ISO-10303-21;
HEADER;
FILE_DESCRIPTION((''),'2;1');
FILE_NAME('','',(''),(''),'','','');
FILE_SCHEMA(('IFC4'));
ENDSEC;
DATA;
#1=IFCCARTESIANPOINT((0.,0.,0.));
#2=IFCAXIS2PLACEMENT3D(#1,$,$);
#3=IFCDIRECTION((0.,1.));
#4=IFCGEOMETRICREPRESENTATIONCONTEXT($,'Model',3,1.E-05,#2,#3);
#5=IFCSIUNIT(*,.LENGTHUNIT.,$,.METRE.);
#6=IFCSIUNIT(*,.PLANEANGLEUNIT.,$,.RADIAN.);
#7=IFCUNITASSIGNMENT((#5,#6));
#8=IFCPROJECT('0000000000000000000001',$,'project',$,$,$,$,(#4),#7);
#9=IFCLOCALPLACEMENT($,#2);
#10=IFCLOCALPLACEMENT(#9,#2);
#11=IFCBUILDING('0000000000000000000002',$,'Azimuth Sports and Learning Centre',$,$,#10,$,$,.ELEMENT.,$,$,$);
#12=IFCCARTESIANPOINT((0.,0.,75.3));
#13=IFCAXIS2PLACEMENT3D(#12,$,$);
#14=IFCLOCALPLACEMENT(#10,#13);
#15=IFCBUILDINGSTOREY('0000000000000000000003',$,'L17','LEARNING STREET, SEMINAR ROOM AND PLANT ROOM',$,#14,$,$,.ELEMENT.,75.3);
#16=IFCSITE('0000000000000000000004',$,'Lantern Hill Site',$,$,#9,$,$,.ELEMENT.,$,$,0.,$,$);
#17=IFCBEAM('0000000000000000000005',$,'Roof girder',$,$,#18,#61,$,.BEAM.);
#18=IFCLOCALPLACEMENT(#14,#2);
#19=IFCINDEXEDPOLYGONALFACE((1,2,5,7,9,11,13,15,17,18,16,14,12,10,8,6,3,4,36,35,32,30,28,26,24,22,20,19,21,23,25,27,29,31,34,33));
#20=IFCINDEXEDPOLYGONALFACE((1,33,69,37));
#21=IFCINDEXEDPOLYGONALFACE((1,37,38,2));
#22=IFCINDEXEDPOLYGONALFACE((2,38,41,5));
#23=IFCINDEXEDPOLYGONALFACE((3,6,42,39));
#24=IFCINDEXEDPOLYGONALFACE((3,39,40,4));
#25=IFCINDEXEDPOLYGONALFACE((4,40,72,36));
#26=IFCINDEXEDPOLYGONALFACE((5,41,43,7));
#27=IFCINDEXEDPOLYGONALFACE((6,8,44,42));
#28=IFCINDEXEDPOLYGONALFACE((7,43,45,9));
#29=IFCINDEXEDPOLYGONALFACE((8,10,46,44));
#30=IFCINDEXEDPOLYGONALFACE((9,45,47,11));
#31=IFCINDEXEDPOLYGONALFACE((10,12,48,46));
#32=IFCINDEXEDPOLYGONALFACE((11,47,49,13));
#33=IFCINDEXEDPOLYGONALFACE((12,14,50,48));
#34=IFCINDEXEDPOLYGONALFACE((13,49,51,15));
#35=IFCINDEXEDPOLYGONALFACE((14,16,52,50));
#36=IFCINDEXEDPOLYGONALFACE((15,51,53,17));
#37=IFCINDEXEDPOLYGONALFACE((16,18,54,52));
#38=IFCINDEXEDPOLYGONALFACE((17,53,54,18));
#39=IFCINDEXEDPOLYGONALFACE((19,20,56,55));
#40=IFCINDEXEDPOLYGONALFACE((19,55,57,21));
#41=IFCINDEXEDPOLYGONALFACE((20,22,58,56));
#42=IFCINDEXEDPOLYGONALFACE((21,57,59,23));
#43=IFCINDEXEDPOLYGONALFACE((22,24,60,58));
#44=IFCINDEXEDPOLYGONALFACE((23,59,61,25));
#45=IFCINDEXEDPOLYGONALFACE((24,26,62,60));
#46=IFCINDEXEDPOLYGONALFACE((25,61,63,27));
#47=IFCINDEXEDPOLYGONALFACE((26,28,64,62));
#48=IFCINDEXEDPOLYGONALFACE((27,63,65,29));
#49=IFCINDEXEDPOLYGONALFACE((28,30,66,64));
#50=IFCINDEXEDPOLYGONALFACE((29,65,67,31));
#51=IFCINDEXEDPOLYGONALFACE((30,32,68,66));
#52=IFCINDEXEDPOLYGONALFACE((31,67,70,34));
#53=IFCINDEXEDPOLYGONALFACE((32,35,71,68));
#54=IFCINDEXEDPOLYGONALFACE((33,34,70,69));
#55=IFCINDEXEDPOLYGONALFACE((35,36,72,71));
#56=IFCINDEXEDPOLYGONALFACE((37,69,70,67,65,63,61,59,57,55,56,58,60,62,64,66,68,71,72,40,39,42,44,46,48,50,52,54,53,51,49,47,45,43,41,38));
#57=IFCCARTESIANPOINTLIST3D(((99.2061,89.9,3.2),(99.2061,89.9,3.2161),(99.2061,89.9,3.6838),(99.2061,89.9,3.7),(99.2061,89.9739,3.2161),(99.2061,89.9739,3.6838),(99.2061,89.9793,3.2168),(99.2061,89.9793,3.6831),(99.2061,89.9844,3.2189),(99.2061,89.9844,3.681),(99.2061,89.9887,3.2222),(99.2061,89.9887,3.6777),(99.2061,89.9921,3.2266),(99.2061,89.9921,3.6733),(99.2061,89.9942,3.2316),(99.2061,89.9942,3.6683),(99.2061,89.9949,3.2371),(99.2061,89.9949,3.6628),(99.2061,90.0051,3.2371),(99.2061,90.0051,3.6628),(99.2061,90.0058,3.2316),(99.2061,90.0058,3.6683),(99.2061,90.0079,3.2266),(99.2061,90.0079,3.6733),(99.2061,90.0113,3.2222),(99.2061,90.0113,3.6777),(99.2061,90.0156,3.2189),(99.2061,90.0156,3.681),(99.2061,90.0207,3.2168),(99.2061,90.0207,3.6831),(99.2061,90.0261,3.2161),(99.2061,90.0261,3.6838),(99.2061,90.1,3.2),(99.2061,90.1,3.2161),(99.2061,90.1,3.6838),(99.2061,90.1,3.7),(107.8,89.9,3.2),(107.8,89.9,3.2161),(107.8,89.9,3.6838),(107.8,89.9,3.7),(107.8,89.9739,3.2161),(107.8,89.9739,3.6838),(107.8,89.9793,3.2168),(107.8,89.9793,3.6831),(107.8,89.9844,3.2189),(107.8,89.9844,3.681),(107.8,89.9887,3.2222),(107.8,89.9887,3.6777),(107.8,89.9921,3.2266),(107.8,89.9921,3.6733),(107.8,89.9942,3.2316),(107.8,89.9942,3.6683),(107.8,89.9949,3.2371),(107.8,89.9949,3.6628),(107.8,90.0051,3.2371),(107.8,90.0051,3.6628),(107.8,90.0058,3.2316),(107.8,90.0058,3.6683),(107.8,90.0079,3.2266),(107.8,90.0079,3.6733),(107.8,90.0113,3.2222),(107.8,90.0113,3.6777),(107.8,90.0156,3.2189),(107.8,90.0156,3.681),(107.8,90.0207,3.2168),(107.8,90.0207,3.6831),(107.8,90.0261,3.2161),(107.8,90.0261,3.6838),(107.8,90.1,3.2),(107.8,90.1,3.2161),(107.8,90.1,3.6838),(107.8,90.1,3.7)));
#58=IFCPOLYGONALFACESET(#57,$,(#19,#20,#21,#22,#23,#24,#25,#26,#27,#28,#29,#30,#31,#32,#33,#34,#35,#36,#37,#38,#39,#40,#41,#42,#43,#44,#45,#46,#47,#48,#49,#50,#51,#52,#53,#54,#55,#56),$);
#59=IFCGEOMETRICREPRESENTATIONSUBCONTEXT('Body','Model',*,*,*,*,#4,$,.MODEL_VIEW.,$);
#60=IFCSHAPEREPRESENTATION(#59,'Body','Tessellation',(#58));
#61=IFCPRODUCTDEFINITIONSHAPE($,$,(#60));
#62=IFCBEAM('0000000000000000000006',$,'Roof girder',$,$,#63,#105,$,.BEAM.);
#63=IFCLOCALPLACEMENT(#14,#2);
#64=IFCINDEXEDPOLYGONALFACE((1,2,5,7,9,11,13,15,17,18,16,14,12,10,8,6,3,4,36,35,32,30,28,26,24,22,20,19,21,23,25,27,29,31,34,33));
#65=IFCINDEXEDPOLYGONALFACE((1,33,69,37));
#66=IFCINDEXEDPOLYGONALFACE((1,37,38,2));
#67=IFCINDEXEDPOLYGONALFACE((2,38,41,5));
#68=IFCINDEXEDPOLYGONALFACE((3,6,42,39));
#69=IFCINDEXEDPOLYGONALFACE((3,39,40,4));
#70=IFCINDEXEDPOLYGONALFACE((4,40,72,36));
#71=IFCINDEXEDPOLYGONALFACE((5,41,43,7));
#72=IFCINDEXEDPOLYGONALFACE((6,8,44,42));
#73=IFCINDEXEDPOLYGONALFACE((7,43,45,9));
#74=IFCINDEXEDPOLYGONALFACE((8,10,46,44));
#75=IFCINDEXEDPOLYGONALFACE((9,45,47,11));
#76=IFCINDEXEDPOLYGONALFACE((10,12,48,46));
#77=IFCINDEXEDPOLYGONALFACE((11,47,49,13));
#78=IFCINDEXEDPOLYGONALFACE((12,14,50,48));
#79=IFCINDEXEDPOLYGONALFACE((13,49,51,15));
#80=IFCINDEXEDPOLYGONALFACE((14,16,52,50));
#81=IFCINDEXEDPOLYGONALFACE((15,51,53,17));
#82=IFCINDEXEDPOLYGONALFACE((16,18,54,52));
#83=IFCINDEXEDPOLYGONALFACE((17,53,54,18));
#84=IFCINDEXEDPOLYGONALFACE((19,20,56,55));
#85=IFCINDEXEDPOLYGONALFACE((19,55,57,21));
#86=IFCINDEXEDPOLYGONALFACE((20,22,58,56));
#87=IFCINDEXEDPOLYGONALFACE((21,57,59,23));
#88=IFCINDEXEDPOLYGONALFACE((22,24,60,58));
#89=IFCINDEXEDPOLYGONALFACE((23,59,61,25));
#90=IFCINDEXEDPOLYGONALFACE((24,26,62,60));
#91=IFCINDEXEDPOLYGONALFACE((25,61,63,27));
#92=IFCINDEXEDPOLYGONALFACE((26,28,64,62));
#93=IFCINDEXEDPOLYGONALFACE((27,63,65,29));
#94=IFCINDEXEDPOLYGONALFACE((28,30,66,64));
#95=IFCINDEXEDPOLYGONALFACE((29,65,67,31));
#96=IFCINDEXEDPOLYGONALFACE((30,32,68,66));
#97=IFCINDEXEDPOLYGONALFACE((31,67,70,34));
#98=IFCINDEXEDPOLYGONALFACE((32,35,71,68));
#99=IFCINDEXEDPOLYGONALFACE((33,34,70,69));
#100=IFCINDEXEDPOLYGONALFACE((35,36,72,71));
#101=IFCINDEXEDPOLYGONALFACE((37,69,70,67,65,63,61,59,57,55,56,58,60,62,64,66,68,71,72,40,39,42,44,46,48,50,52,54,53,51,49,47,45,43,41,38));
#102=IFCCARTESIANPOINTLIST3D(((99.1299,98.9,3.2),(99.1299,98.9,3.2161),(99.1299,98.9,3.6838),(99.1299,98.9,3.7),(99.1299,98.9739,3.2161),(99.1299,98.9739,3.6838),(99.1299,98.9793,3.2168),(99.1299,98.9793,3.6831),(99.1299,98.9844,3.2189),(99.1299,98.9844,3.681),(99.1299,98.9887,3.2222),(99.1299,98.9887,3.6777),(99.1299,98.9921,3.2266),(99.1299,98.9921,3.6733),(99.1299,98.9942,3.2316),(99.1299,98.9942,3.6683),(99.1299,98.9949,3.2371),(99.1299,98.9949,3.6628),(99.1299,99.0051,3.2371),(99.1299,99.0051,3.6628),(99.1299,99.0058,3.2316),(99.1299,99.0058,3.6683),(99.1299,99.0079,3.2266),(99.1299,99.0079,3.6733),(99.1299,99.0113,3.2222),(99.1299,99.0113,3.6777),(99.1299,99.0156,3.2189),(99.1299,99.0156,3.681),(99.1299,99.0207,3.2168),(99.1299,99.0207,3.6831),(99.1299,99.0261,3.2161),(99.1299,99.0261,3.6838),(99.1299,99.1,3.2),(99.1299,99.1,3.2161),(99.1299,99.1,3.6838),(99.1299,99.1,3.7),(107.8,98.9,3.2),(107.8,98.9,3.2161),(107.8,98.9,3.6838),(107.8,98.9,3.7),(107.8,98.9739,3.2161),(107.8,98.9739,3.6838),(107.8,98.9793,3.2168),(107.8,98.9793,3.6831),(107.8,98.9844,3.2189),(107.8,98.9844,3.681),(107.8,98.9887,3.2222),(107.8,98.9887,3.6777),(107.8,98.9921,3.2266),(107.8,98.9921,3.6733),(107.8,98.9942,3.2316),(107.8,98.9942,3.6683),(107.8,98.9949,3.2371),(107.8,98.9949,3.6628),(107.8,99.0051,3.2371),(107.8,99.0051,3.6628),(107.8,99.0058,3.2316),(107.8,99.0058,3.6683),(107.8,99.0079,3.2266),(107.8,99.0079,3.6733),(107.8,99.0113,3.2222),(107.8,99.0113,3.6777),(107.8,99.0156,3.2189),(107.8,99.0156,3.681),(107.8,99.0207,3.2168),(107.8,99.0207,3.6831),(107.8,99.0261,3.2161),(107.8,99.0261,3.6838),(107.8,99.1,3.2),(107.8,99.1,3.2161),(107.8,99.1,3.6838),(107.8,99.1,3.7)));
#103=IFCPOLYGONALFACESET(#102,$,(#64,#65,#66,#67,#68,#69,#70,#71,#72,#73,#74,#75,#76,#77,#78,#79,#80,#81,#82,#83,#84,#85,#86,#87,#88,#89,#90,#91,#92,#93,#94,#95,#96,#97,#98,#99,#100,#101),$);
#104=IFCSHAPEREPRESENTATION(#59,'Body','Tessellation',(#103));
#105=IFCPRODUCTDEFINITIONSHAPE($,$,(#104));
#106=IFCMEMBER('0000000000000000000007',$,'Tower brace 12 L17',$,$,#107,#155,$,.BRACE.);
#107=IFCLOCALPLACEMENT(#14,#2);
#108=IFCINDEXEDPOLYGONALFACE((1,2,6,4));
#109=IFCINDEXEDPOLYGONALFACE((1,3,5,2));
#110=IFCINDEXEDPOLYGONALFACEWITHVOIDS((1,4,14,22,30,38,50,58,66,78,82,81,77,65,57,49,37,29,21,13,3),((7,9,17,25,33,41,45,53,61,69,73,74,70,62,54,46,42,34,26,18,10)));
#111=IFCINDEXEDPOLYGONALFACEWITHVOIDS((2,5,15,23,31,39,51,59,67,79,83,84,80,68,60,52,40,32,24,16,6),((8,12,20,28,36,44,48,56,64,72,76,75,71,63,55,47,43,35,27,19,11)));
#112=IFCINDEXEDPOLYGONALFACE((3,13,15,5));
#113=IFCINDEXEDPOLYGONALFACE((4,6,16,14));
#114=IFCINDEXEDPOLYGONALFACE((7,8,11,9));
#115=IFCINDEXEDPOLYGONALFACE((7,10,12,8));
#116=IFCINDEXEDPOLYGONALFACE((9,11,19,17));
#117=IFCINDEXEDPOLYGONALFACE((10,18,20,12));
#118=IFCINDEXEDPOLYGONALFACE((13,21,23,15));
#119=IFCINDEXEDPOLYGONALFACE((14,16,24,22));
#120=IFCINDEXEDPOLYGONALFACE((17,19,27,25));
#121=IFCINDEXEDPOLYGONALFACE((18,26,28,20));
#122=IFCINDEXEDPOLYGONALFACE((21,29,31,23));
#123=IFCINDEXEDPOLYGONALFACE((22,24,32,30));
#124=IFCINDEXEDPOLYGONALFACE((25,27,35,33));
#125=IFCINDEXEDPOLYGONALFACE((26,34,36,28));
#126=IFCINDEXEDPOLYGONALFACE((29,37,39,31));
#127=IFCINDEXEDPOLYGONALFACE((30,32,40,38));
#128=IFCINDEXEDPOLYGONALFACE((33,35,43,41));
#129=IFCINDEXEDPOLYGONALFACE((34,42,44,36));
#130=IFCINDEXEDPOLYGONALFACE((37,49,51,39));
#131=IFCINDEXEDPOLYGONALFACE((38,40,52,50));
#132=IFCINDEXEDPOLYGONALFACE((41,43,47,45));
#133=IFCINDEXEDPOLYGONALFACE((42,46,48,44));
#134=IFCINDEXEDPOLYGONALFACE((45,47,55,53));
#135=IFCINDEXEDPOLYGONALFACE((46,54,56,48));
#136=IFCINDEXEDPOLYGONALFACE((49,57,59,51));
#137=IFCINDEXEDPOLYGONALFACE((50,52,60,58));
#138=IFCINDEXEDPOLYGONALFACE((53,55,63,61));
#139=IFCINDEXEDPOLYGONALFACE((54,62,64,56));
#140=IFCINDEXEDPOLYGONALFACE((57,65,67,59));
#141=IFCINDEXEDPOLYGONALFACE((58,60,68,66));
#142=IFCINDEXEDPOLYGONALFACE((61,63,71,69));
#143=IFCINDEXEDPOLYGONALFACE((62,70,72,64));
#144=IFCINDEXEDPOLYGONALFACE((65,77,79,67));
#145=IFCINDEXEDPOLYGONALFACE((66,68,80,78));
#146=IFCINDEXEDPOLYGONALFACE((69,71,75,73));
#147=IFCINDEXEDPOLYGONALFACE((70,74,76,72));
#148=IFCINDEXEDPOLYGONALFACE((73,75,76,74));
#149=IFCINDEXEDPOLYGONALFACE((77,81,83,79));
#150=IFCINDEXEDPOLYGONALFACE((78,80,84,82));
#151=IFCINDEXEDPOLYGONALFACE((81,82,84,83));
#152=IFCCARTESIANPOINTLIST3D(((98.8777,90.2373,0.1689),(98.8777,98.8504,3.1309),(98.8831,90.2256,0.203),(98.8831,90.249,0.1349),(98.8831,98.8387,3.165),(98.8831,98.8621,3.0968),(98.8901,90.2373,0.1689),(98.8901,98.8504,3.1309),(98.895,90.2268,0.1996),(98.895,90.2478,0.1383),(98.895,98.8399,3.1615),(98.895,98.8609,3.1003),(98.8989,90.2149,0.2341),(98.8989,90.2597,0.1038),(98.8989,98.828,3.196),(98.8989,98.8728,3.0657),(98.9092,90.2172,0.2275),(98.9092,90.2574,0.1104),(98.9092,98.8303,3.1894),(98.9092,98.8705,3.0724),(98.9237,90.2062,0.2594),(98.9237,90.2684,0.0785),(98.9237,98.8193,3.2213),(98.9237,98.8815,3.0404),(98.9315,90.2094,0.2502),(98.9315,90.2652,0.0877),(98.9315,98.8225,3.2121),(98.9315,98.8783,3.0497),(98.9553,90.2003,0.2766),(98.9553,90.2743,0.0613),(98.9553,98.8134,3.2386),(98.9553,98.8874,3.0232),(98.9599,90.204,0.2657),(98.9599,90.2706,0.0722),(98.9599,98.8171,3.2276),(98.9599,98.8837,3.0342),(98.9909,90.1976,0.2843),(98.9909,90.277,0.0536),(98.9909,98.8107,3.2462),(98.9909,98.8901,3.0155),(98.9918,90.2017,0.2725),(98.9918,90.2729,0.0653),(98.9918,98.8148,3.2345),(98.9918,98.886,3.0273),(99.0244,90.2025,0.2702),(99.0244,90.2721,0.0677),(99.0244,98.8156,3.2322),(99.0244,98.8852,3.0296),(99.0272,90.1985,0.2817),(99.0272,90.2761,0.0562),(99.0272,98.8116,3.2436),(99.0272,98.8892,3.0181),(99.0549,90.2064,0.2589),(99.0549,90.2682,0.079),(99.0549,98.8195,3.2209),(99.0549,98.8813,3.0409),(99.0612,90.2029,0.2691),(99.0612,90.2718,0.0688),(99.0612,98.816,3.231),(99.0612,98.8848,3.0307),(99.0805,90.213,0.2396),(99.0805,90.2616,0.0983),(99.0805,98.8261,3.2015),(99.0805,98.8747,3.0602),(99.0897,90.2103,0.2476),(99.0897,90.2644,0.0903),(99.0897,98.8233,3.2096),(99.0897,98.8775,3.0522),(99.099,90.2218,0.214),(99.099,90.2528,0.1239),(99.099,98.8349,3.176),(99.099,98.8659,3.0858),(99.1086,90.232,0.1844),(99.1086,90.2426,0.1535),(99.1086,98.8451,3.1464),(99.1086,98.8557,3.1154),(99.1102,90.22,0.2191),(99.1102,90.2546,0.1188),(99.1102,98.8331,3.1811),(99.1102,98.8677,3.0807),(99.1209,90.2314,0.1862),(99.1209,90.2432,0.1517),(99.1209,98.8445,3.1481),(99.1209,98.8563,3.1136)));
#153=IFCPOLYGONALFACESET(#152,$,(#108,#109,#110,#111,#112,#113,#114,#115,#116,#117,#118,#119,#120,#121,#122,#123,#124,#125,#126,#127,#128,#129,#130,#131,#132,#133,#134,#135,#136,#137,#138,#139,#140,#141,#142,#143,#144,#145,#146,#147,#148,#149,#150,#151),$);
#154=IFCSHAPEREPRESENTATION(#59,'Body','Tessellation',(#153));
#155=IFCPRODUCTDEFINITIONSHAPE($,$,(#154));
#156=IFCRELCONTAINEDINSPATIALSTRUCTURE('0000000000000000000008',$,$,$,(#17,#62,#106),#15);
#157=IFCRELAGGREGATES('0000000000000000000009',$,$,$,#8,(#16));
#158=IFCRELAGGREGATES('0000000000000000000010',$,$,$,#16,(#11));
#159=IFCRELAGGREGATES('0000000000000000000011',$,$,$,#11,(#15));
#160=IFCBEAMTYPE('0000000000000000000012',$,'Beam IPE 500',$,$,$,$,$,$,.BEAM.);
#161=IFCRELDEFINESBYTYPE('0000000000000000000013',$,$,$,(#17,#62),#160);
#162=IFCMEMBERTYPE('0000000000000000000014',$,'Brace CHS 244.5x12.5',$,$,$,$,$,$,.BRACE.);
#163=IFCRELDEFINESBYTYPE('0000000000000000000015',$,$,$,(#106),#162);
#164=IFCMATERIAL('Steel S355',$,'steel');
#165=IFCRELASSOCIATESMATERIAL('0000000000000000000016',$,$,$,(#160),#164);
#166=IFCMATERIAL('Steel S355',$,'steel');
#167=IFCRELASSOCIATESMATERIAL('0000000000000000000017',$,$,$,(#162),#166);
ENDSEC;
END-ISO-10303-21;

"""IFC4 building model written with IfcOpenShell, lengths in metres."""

from ifc_helpers import new_model, si_unit, direction, frame, origin, origin_2d, place, context, subcontext, project, spatial, hollow_circle, i_section, extrude, material, material_profile, profile_set, type_object, element, save


model = new_model("IFC4")

# Units and contexts
model_context = context("Model", 3, precision=1e-05, world=origin(), true_north=direction((0.0, 1.0)))
body_context = subcontext(model_context, "Body", "Model", "MODEL_VIEW")
ifc_project = project(units=[si_unit("LENGTHUNIT", "METRE"), si_unit("PLANEANGLEUNIT", "RADIAN")], contexts=[model_context])

# Site, building, storey
site_placement = place(None, origin())
site = spatial("IfcSite", under=ifc_project, at=site_placement, Name="Lantern Hill Site", CompositionType="ELEMENT", RefElevation=0.0)
building_placement = place(site_placement, origin())
building = spatial("IfcBuilding", under=site, at=building_placement, Name="Azimuth Sports and Learning Centre", CompositionType="ELEMENT")
storey_placement = place(building_placement, frame((0.0, 0.0, 75.3)))
storey = spatial("IfcBuildingStorey", under=building, at=storey_placement, Name="L17", Description="LEARNING STREET, SEMINAR ROOM AND PLANT ROOM", CompositionType="ELEMENT", Elevation=75.3)

# Beams
ifc_material_1 = material(Name="Steel S355", Category="steel")
ifc_material_profile_1 = material_profile(ifc_material_1, i_section(OverallWidth=0.2, OverallDepth=0.5, WebThickness=0.0103, FlangeThickness=0.0161, FilletRadius=0.021, at=origin_2d()), Name="IPE 500")
ifc_profile_set_1 = profile_set([ifc_material_profile_1], Name="Steel S355")
beam_type_1 = type_object("IfcBeamType", Name="Beam IPE 500", PredefinedType="BEAM", material=ifc_profile_set_1)
beam_1_placement = place(storey_placement, frame((99.2061, 90.0, 3.45), z_axis=(1.0, 0.0, 0.0), x_axis=(0.0, 1.0, 0.0)))
element("IfcBeam", 1, at=beam_1_placement, inside=storey, type_object=beam_type_1, Name="Roof girder", PredefinedType="BEAM", context=body_context, shape_type="SweptSolid", body=[
    extrude(i_section(OverallWidth=0.2, OverallDepth=0.5, WebThickness=0.0103, FlangeThickness=0.0161, FilletRadius=0.021, at=origin_2d()), origin(), (0.0, 0.0, 1.0), 8.594),
])
beam_2_placement = place(storey_placement, frame((99.1299, 99.0, 3.45), z_axis=(1.0, 0.0, 0.0), x_axis=(0.0, 1.0, 0.0)))
element("IfcBeam", 2, at=beam_2_placement, inside=storey, type_object=beam_type_1, Name="Roof girder", PredefinedType="BEAM", context=body_context, shape_type="SweptSolid", body=[
    extrude(i_section(OverallWidth=0.2, OverallDepth=0.5, WebThickness=0.0103, FlangeThickness=0.0161, FilletRadius=0.021, at=origin_2d()), origin(), (0.0, 0.0, 1.0), 8.6702),
])

# Member
ifc_material_2 = material(Name="Steel S355", Category="steel")
ifc_material_profile_2 = material_profile(ifc_material_2, hollow_circle(Radius=0.1223, WallThickness=0.0125, at=origin_2d()), Name="CHS 244.5x12.5")
ifc_profile_set_2 = profile_set([ifc_material_profile_2], Name="Steel S355")
member_type = type_object("IfcMemberType", Name="Brace CHS 244.5x12.5", PredefinedType="BRACE", material=ifc_profile_set_2)
member_placement = place(storey_placement, frame((99.0, 90.2373, 0.1689), z_axis=(0.0, 0.945647, 0.325196), x_axis=(-1.0, 0.0, 0.0)))
element("IfcMember", 3, at=member_placement, inside=storey, type_object=member_type, Name="Tower brace 12 L17", PredefinedType="BRACE", context=body_context, shape_type="SweptSolid", body=[
    extrude(hollow_circle(Radius=0.1223, WallThickness=0.0125, at=origin_2d()), origin(), (0.0, 0.0, 1.0), 9.1082),
])

save(model, "model.ifc")
